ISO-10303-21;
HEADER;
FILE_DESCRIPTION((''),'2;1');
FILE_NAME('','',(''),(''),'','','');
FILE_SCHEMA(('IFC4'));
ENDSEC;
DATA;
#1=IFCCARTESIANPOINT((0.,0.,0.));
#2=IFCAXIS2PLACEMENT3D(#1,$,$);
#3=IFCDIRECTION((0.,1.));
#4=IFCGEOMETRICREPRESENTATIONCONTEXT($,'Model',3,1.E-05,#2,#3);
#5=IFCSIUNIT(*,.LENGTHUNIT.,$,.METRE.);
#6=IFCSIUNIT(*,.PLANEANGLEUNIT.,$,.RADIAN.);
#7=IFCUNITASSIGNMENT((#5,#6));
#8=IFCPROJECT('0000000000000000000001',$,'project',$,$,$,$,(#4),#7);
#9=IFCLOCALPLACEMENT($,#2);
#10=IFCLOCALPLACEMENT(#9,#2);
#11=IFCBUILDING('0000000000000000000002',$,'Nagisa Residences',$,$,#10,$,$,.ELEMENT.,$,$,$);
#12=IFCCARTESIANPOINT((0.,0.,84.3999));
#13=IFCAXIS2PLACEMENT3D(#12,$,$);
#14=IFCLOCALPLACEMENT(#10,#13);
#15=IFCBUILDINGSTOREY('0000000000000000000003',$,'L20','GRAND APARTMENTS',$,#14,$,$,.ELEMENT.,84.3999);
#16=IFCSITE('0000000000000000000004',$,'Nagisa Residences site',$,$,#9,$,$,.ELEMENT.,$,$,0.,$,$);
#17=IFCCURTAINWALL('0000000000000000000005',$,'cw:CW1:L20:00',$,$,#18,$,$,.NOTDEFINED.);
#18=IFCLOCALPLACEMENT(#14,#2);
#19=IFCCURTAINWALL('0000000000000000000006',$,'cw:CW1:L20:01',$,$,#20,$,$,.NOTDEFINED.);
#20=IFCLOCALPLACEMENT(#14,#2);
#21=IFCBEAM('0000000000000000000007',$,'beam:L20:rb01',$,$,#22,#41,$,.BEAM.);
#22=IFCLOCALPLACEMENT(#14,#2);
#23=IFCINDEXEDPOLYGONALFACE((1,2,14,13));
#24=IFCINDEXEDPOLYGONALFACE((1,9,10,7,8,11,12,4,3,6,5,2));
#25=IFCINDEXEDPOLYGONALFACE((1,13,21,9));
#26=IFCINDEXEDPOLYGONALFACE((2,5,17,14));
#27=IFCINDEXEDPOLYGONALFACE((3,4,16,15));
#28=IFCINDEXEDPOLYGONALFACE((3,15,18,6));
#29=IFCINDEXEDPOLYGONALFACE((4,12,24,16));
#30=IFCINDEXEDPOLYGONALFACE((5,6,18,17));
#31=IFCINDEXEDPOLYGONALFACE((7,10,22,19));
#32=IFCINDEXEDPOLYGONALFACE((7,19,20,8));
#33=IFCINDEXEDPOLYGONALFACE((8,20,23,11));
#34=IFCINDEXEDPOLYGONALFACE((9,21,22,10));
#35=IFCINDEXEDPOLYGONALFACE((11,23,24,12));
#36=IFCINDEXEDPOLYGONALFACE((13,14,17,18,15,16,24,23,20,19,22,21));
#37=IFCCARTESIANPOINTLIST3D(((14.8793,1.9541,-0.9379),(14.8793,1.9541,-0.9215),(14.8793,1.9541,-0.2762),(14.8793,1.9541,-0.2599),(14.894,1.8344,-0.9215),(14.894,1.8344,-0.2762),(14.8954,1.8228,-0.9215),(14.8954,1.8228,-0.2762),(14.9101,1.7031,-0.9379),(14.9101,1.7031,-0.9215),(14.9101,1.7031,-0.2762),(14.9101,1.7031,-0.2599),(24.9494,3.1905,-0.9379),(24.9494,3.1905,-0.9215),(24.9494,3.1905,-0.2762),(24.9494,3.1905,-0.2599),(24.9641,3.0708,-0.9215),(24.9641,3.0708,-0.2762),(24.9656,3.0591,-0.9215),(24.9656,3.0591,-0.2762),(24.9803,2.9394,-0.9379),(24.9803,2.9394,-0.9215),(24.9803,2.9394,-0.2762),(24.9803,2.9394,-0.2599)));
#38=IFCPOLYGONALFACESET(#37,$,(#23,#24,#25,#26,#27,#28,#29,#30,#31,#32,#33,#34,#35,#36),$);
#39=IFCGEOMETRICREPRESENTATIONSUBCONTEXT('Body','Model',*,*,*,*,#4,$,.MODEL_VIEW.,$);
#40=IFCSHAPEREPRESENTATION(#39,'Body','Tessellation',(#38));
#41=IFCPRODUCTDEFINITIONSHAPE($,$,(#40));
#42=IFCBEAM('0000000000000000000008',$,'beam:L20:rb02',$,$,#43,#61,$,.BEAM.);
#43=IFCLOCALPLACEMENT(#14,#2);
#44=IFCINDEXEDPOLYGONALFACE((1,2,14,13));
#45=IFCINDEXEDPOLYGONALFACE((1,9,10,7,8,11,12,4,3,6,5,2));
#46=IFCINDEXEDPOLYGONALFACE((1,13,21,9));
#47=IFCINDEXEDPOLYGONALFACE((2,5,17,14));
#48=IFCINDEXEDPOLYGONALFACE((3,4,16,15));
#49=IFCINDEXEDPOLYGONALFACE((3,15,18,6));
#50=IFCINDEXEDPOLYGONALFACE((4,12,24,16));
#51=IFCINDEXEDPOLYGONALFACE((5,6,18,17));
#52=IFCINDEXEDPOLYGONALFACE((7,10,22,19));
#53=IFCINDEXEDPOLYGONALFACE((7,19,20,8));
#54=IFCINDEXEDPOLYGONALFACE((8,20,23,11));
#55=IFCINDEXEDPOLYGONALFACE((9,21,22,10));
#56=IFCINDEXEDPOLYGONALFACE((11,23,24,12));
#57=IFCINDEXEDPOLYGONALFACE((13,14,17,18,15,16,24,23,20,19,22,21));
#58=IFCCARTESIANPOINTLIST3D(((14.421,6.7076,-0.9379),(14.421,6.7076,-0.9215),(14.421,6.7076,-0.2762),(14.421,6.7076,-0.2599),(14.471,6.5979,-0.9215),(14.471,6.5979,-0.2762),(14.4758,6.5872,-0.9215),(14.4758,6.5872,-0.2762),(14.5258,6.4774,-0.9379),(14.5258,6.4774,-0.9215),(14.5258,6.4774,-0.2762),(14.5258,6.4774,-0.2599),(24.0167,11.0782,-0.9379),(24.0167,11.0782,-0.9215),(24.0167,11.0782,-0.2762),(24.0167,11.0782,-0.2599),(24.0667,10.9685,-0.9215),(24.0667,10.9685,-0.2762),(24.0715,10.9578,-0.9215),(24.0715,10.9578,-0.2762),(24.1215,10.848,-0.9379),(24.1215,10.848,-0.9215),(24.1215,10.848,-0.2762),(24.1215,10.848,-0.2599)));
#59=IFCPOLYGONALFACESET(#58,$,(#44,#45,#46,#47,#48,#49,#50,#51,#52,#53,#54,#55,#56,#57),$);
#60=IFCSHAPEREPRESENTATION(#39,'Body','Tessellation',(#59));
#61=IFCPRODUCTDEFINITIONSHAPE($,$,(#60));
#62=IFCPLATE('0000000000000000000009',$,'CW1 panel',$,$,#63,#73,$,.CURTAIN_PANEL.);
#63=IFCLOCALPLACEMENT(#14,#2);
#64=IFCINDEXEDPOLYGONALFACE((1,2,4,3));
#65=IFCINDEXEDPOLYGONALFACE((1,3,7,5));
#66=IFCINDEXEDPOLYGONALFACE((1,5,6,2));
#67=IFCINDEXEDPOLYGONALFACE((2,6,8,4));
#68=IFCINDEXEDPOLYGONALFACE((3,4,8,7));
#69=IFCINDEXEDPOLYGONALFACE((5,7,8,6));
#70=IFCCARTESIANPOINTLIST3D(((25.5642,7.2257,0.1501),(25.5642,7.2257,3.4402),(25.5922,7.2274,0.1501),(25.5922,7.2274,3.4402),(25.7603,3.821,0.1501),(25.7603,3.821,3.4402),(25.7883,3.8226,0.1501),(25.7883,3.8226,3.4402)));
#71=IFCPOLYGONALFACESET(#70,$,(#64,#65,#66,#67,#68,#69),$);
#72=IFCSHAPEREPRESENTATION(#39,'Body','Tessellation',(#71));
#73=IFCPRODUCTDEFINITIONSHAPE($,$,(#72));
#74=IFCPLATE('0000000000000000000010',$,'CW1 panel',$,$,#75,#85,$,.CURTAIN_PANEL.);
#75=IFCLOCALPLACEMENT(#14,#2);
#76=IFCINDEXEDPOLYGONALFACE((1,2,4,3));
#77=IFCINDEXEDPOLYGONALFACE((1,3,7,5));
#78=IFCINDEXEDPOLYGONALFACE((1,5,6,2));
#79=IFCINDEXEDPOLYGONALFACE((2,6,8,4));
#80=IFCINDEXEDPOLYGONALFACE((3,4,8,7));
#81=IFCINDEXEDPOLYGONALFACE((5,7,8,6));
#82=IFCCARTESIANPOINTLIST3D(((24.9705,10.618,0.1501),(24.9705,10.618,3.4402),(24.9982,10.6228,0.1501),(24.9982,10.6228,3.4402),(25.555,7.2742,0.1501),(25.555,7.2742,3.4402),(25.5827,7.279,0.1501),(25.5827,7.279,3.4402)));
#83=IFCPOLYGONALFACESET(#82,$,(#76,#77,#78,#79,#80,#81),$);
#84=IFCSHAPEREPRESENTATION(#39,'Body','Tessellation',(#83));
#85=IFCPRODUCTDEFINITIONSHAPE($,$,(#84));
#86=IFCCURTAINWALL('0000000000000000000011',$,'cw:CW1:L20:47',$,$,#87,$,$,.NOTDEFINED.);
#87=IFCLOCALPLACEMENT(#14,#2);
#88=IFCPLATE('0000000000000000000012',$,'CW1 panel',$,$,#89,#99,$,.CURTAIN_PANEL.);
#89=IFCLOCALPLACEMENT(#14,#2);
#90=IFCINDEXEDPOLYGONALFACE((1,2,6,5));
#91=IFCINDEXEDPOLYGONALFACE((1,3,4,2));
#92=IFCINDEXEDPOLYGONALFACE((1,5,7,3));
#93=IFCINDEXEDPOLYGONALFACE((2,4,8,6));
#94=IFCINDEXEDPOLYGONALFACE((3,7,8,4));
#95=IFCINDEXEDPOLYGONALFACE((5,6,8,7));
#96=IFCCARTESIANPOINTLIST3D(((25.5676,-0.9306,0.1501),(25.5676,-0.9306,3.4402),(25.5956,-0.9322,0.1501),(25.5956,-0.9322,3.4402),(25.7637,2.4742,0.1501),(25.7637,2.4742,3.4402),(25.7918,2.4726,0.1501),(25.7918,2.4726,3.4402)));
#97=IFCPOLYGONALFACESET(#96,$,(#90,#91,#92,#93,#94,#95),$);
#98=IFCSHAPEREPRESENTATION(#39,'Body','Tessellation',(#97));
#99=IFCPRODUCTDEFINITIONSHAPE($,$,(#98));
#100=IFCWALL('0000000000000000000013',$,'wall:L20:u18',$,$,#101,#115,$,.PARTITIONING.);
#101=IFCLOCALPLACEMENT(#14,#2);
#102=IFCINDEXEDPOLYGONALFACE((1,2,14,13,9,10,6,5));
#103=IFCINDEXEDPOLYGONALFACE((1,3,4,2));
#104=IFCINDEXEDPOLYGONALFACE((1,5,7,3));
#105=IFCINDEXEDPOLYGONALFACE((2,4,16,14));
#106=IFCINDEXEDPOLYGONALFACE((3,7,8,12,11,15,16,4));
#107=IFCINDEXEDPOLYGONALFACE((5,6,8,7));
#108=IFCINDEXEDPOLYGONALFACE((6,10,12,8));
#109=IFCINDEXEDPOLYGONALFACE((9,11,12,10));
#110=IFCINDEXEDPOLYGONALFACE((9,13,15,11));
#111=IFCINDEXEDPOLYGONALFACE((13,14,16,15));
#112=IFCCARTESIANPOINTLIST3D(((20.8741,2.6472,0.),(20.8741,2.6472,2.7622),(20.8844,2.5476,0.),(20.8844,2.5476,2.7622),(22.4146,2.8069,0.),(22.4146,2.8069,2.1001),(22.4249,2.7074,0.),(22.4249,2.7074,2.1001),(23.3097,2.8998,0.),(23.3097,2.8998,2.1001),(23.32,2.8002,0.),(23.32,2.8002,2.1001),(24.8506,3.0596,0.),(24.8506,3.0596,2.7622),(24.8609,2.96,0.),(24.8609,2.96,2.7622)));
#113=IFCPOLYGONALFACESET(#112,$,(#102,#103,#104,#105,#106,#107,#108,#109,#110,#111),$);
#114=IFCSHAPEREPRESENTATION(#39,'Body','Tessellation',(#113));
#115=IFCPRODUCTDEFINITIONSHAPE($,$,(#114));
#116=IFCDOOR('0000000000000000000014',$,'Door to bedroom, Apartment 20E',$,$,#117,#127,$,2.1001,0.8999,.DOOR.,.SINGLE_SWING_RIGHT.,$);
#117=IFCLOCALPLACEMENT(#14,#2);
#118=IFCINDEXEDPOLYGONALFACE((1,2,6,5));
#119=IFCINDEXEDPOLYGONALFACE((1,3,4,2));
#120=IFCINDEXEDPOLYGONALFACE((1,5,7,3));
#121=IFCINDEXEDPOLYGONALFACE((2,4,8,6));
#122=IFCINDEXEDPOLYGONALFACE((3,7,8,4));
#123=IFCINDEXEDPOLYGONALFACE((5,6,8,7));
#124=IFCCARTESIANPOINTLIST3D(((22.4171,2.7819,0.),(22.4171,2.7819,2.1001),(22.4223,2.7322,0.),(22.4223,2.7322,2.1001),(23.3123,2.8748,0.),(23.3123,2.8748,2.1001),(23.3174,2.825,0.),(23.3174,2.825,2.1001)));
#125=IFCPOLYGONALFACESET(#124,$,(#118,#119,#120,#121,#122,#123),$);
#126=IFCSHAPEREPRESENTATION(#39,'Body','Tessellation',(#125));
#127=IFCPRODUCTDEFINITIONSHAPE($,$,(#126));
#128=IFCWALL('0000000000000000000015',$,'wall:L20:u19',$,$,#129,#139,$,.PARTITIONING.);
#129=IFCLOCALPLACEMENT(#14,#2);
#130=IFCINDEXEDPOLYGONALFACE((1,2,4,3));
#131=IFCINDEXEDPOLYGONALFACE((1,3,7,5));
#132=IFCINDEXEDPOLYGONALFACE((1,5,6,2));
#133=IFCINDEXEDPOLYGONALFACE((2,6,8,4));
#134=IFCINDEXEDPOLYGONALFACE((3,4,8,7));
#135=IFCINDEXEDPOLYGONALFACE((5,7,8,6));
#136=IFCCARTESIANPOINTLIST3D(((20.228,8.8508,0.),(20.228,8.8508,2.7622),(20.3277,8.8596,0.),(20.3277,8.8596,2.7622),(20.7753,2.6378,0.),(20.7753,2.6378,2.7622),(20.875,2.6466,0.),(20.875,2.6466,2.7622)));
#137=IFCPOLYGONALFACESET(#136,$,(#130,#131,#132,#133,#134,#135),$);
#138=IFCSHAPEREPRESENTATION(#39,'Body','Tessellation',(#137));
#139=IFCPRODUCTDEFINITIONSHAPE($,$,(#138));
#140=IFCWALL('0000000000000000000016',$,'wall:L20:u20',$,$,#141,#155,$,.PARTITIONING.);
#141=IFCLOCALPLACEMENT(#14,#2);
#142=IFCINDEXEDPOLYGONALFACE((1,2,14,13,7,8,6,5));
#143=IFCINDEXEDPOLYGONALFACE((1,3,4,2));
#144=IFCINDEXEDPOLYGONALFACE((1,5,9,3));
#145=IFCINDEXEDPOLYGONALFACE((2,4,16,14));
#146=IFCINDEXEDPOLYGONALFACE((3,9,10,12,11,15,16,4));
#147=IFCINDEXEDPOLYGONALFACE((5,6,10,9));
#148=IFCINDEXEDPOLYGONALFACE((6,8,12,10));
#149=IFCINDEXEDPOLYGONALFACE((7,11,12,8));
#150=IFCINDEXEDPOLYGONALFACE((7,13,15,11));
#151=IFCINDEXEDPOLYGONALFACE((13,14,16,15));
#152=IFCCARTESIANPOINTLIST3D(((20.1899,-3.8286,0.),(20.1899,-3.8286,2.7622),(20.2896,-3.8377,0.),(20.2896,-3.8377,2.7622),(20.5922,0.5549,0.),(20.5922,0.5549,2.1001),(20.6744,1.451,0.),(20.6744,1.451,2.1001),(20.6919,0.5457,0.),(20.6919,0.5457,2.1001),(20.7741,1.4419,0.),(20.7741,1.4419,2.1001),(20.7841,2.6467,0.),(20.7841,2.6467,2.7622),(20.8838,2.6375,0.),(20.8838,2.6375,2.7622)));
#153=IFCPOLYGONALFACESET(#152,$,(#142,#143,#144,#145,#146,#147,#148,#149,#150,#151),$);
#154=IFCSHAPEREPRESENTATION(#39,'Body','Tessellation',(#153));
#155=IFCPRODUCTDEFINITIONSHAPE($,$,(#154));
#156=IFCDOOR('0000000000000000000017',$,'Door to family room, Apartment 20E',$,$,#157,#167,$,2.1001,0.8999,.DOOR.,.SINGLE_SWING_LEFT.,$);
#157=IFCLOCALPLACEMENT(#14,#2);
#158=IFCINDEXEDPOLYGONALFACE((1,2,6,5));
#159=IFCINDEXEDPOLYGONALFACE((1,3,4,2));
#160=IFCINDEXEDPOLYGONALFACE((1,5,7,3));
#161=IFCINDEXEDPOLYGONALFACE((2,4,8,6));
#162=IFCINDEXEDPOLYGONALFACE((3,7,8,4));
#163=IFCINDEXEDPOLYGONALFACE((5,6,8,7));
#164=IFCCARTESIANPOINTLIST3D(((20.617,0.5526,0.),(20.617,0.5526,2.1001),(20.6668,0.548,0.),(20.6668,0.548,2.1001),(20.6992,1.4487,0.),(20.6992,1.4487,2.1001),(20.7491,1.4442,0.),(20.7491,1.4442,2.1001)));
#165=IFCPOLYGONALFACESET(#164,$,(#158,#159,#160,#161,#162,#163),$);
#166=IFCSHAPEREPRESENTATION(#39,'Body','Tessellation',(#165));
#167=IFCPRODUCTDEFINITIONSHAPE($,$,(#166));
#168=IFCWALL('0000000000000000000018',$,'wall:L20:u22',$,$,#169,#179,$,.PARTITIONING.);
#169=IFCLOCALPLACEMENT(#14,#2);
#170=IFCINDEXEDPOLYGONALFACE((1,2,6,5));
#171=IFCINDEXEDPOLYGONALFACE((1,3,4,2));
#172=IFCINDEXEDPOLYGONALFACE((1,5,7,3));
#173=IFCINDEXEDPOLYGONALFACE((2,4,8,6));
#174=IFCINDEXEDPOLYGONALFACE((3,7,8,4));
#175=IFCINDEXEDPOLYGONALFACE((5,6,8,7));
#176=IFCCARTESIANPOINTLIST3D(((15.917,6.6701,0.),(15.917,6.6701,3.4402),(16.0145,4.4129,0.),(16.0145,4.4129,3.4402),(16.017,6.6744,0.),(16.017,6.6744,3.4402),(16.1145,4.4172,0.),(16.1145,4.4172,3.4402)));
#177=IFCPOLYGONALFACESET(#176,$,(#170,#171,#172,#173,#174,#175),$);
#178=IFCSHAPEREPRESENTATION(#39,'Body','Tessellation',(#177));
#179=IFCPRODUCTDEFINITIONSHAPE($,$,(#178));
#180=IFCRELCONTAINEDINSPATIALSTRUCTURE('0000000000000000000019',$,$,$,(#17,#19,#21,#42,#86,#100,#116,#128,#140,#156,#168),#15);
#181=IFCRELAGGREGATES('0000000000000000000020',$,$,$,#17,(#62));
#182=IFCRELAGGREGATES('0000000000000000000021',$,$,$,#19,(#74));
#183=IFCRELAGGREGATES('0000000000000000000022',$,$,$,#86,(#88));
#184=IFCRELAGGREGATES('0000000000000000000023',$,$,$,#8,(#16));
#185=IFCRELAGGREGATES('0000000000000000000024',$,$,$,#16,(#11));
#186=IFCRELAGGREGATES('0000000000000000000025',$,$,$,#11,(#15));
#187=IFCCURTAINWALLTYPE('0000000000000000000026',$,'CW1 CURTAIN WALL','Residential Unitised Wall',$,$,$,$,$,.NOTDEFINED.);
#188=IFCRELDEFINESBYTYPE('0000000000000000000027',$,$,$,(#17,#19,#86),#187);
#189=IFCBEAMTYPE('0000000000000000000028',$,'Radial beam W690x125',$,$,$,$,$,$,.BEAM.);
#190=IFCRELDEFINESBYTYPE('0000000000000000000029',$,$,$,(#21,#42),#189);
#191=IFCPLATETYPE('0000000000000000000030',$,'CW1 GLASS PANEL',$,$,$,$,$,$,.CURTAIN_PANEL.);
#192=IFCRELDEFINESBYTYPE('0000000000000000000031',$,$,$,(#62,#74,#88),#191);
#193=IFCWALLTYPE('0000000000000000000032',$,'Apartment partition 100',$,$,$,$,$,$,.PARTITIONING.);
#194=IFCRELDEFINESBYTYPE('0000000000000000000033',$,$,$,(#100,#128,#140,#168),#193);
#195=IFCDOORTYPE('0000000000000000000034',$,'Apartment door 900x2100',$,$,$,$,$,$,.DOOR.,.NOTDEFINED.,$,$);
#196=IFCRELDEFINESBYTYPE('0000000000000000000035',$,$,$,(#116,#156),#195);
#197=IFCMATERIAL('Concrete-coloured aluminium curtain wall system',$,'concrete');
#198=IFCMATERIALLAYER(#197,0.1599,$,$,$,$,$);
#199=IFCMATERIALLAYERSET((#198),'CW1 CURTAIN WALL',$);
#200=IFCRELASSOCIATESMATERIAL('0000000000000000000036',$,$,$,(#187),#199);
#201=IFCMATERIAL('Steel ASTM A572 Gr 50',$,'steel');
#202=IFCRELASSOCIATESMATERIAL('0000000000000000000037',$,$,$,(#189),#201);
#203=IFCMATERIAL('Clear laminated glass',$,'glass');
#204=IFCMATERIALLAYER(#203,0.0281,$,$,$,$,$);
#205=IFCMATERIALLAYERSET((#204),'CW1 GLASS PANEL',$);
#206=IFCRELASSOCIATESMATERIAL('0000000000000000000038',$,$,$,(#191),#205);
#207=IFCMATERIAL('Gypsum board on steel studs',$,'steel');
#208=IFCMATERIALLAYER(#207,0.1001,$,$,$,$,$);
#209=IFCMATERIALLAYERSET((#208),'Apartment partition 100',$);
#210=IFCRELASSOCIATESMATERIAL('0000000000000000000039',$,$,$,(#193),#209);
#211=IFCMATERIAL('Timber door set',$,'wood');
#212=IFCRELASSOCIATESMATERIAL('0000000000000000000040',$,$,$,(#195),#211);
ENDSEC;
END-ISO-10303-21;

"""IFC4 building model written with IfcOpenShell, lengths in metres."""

from ifc_helpers import new_model, si_unit, direction, frame, frame_2d, origin, origin_2d, place, context, subcontext, project, spatial, rectangle, i_section, extrude, material, layer, layer_set, material_profile, profile_set, type_object, element, fill, aggregate, save


model = new_model("IFC4")

# Units and contexts
model_context = context("Model", 3, precision=1e-05, world=origin(), true_north=direction((0.0, 1.0)))
body_context = subcontext(model_context, "Body", "Model", "MODEL_VIEW")
ifc_project = project(units=[si_unit("LENGTHUNIT", "METRE"), si_unit("PLANEANGLEUNIT", "RADIAN")], contexts=[model_context])

# Site, building, storey
site_placement = place(None, origin())
site = spatial("IfcSite", under=ifc_project, at=site_placement, Name="Nagisa Residences site", CompositionType="ELEMENT", RefElevation=0.0)
building_placement = place(site_placement, origin())
building = spatial("IfcBuilding", under=site, at=building_placement, Name="Nagisa Residences", CompositionType="ELEMENT")
storey_placement = place(building_placement, frame((0.0, 0.0, 84.3999)))
storey = spatial("IfcBuildingStorey", under=building, at=storey_placement, Name="L20", Description="GRAND APARTMENTS", CompositionType="ELEMENT", Elevation=84.3999)

# Curtain walls
ifc_material_1 = material(Name="Concrete-coloured aluminium curtain wall system", Category="concrete")
ifc_layer_1 = layer(ifc_material_1, 0.1599)
ifc_layer_set_1 = layer_set([ifc_layer_1], Name="CW1 CURTAIN WALL")
curtain_wall_type = type_object("IfcCurtainWallType", Name="CW1 CURTAIN WALL", Description="Residential Unitised Wall", PredefinedType="NOTDEFINED", material=ifc_layer_set_1)
curtain_wall_1_placement = place(storey_placement, origin())
curtain_wall_1 = element("IfcCurtainWall", 1, at=curtain_wall_1_placement, inside=storey, type_object=curtain_wall_type, Name="cw:CW1:L20:00", PredefinedType="NOTDEFINED")
curtain_wall_2_placement = place(storey_placement, origin())
curtain_wall_2 = element("IfcCurtainWall", 2, at=curtain_wall_2_placement, inside=storey, type_object=curtain_wall_type, Name="cw:CW1:L20:01", PredefinedType="NOTDEFINED")

# Beams
ifc_material_2 = material(Name="Steel ASTM A572 Gr 50", Category="steel")
ifc_material_profile_1 = material_profile(ifc_material_2, i_section(OverallWidth=0.2529, OverallDepth=0.678, WebThickness=0.0117, FlangeThickness=0.0164, at=origin_2d()), Name="W690x125")
ifc_profile_set_1 = profile_set([ifc_material_profile_1], Name="Steel ASTM A572 Gr 50")
beam_type_1 = type_object("IfcBeamType", Name="Radial beam W690x125", PredefinedType="BEAM", material=ifc_profile_set_1)
beam_1_placement = place(storey_placement, frame((24.9648, 3.0649, -0.5989), z_axis=(-0.992548, -0.121858, 0.0), x_axis=(0.121858, -0.992548, 0.0)))
element("IfcBeam", 3, at=beam_1_placement, inside=storey, type_object=beam_type_1, Name="beam:L20:rb01", PredefinedType="BEAM", context=body_context, shape_type="SweptSolid", body=[
    extrude(i_section(OverallWidth=0.2529, OverallDepth=0.678, WebThickness=0.0117, FlangeThickness=0.0164, at=origin_2d()), origin(), (0.0, 0.0, 1.0), 10.1458),
])
beam_2_placement = place(storey_placement, frame((24.0691, 10.9631, -0.5989), z_axis=(-0.910047, -0.414504, 0.0), x_axis=(0.414504, -0.910047, 0.0)))
element("IfcBeam", 4, at=beam_2_placement, inside=storey, type_object=beam_type_1, Name="beam:L20:rb02", PredefinedType="BEAM", context=body_context, shape_type="SweptSolid", body=[
    extrude(i_section(OverallWidth=0.2529, OverallDepth=0.678, WebThickness=0.0117, FlangeThickness=0.0164, at=origin_2d()), origin(), (0.0, 0.0, 1.0), 10.5442),
])

# Plates
ifc_material_3 = material(Name="Clear laminated glass", Category="glass")
ifc_layer_2 = layer(ifc_material_3, 0.0281)
ifc_layer_set_2 = layer_set([ifc_layer_2], Name="CW1 GLASS PANEL")
plate_type = type_object("IfcPlateType", Name="CW1 GLASS PANEL", PredefinedType="CURTAIN_PANEL", material=ifc_layer_set_2)
plate_1_placement = place(storey_placement, frame((25.6763, 5.5242, 0.1501), z_axis=(0.0, 0.0, 1.0), x_axis=(-0.057503, 0.998345, 0.0)))
plate_1 = element("IfcPlate", 5, at=plate_1_placement, type_object=plate_type, Name="CW1 panel", PredefinedType="CURTAIN_PANEL", context=body_context, shape_type="SweptSolid", body=[
    extrude(rectangle(XDim=3.4104, YDim=0.0281, at=origin_2d()), origin(), (0.0, 0.0, 1.0), 3.29),
])
aggregate(curtain_wall_1, [plate_1])
plate_2_placement = place(storey_placement, frame((25.2766, 8.9485, 0.1501), z_axis=(0.0, 0.0, 1.0), x_axis=(-0.172191, 0.985064, 0.0)))
plate_2 = element("IfcPlate", 6, at=plate_2_placement, type_object=plate_type, Name="CW1 panel", PredefinedType="CURTAIN_PANEL", context=body_context, shape_type="SweptSolid", body=[
    extrude(rectangle(XDim=3.3945, YDim=0.0281, at=origin_2d()), origin(), (0.0, 0.0, 1.0), 3.29),
])
aggregate(curtain_wall_2, [plate_2])

# Curtain wall, plate
curtain_wall_3_placement = place(storey_placement, origin())
curtain_wall_3 = element("IfcCurtainWall", 7, at=curtain_wall_3_placement, inside=storey, type_object=curtain_wall_type, Name="cw:CW1:L20:47", PredefinedType="NOTDEFINED")
plate_3_placement = place(storey_placement, frame((25.6797, 0.771, 0.1501), z_axis=(0.0, 0.0, 1.0), x_axis=(0.057503, 0.998345, 0.0)))
plate_3 = element("IfcPlate", 8, at=plate_3_placement, type_object=plate_type, Name="CW1 panel", PredefinedType="CURTAIN_PANEL", context=body_context, shape_type="SweptSolid", body=[
    extrude(rectangle(XDim=3.4104, YDim=0.0281, at=origin_2d()), origin(), (0.0, 0.0, 1.0), 3.29),
])
aggregate(curtain_wall_3, [plate_3])

# Wall, opening, door
ifc_material_4 = material(Name="Gypsum board on steel studs", Category="steel")
ifc_layer_3 = layer(ifc_material_4, 0.1001)
ifc_layer_set_3 = layer_set([ifc_layer_3], Name="Apartment partition 100")
wall_type = type_object("IfcWallType", Name="Apartment partition 100", PredefinedType="PARTITIONING", material=ifc_layer_set_3)
wall_1_placement = place(storey_placement, frame((20.8792, 2.5974, 0.0), z_axis=(0.0, 0.0, 1.0), x_axis=(0.994667, 0.103143, 0.0)))
wall_1 = element("IfcWall", 9, at=wall_1_placement, inside=storey, type_object=wall_type, Name="wall:L20:u18", PredefinedType="PARTITIONING", context=body_context, shape_type="SweptSolid", body=[
    extrude(rectangle(XDim=3.9978, YDim=0.1001, at=frame_2d((1.999, 0.0))), origin(), (0.0, 0.0, 1.0), 2.7622),
])
opening_1_placement = place(wall_1_placement, frame((1.5488, 0.0, 0.0)))
opening_1 = element("IfcOpeningElement", 10, at=opening_1_placement, cuts=wall_1, PredefinedType="OPENING", context=body_context, shape_type="SweptSolid", body=[
    extrude(rectangle(XDim=0.8999, YDim=2.1001, at=frame_2d((0.45, 1.05))), frame((0.0, 0.0601, 0.0), z_axis=(0.0, -1.0, 0.0), x_axis=(1.0, 0.0, 0.0)), (0.0, 0.0, 1.0), 0.1201),
])
ifc_material_5 = material(Name="Timber door set", Category="wood")
door_type = type_object("IfcDoorType", Name="Apartment door 900x2100", OperationType="NOTDEFINED", PredefinedType="DOOR", material=ifc_material_5)
door_1_placement = place(opening_1_placement, origin())
door_1 = element("IfcDoor", 11, at=door_1_placement, inside=storey, type_object=door_type, Name="Door to bedroom, Apartment 20E", OperationType="SINGLE_SWING_RIGHT", OverallHeight=2.1001, OverallWidth=0.8999, PredefinedType="DOOR", context=body_context, shape_type="SweptSolid", body=[
    extrude(rectangle(XDim=0.8999, YDim=2.1001, at=frame_2d((0.45, 1.05))), frame((0.0, 0.0249, 0.0), z_axis=(0.0, -1.0, 0.0), x_axis=(1.0, 0.0, 0.0)), (0.0, 0.0, 1.0), 0.05),
])
fill(opening_1, door_1)

# Wall
wall_2_placement = place(storey_placement, frame((20.8252, 2.6421, 0.0), z_axis=(0.0, 0.0, 1.0), x_axis=(-0.087761, 0.996142, 0.0)))
element("IfcWall", 12, at=wall_2_placement, inside=storey, type_object=wall_type, Name="wall:L20:u19", PredefinedType="PARTITIONING", context=body_context, shape_type="SweptSolid", body=[
    extrude(rectangle(XDim=6.2371, YDim=0.1001, at=frame_2d((3.1187, 0.0))), origin(), (0.0, 0.0, 1.0), 2.7622),
])

# Wall, opening, door
wall_3_placement = place(storey_placement, frame((20.834, 2.6421, 0.0), z_axis=(0.0, 0.0, 1.0), x_axis=(-0.091385, -0.995816, 0.0)))
wall_3 = element("IfcWall", 13, at=wall_3_placement, inside=storey, type_object=wall_type, Name="wall:L20:u20", PredefinedType="PARTITIONING", context=body_context, shape_type="SweptSolid", body=[
    extrude(rectangle(XDim=6.5024, YDim=0.1001, at=frame_2d((3.2512, 0.0))), origin(), (0.0, 0.0, 1.0), 2.7622),
])
opening_2_placement = place(wall_3_placement, frame((1.2007, 0.0, 0.0)))
opening_2 = element("IfcOpeningElement", 14, at=opening_2_placement, cuts=wall_3, PredefinedType="OPENING", context=body_context, shape_type="SweptSolid", body=[
    extrude(rectangle(XDim=0.8999, YDim=2.1001, at=frame_2d((0.45, 1.05))), frame((0.0, 0.0601, 0.0), z_axis=(0.0, -1.0, 0.0), x_axis=(1.0, 0.0, 0.0)), (0.0, 0.0, 1.0), 0.1201),
])
door_2_placement = place(opening_2_placement, origin())
door_2 = element("IfcDoor", 15, at=door_2_placement, inside=storey, type_object=door_type, Name="Door to family room, Apartment 20E", OperationType="SINGLE_SWING_LEFT", OverallHeight=2.1001, OverallWidth=0.8999, PredefinedType="DOOR", context=body_context, shape_type="SweptSolid", body=[
    extrude(rectangle(XDim=0.8999, YDim=2.1001, at=frame_2d((0.45, 1.05))), frame((0.0, 0.0249, 0.0), z_axis=(0.0, -1.0, 0.0), x_axis=(1.0, 0.0, 0.0)), (0.0, 0.0, 1.0), 0.05),
])
fill(opening_2, door_2)

# Wall
wall_4_placement = place(storey_placement, frame((16.0645, 4.415, 0.0), z_axis=(0.0, 0.0, 1.0), x_axis=(-0.043118, 0.99907, 0.0)))
element("IfcWall", 16, at=wall_4_placement, inside=storey, type_object=wall_type, Name="wall:L20:u22", PredefinedType="PARTITIONING", context=body_context, shape_type="SweptSolid", body=[
    extrude(rectangle(XDim=2.2593, YDim=0.1001, at=frame_2d((1.1296, 0.0))), origin(), (0.0, 0.0, 1.0), 3.4402),
])

save(model, "model.ifc")
